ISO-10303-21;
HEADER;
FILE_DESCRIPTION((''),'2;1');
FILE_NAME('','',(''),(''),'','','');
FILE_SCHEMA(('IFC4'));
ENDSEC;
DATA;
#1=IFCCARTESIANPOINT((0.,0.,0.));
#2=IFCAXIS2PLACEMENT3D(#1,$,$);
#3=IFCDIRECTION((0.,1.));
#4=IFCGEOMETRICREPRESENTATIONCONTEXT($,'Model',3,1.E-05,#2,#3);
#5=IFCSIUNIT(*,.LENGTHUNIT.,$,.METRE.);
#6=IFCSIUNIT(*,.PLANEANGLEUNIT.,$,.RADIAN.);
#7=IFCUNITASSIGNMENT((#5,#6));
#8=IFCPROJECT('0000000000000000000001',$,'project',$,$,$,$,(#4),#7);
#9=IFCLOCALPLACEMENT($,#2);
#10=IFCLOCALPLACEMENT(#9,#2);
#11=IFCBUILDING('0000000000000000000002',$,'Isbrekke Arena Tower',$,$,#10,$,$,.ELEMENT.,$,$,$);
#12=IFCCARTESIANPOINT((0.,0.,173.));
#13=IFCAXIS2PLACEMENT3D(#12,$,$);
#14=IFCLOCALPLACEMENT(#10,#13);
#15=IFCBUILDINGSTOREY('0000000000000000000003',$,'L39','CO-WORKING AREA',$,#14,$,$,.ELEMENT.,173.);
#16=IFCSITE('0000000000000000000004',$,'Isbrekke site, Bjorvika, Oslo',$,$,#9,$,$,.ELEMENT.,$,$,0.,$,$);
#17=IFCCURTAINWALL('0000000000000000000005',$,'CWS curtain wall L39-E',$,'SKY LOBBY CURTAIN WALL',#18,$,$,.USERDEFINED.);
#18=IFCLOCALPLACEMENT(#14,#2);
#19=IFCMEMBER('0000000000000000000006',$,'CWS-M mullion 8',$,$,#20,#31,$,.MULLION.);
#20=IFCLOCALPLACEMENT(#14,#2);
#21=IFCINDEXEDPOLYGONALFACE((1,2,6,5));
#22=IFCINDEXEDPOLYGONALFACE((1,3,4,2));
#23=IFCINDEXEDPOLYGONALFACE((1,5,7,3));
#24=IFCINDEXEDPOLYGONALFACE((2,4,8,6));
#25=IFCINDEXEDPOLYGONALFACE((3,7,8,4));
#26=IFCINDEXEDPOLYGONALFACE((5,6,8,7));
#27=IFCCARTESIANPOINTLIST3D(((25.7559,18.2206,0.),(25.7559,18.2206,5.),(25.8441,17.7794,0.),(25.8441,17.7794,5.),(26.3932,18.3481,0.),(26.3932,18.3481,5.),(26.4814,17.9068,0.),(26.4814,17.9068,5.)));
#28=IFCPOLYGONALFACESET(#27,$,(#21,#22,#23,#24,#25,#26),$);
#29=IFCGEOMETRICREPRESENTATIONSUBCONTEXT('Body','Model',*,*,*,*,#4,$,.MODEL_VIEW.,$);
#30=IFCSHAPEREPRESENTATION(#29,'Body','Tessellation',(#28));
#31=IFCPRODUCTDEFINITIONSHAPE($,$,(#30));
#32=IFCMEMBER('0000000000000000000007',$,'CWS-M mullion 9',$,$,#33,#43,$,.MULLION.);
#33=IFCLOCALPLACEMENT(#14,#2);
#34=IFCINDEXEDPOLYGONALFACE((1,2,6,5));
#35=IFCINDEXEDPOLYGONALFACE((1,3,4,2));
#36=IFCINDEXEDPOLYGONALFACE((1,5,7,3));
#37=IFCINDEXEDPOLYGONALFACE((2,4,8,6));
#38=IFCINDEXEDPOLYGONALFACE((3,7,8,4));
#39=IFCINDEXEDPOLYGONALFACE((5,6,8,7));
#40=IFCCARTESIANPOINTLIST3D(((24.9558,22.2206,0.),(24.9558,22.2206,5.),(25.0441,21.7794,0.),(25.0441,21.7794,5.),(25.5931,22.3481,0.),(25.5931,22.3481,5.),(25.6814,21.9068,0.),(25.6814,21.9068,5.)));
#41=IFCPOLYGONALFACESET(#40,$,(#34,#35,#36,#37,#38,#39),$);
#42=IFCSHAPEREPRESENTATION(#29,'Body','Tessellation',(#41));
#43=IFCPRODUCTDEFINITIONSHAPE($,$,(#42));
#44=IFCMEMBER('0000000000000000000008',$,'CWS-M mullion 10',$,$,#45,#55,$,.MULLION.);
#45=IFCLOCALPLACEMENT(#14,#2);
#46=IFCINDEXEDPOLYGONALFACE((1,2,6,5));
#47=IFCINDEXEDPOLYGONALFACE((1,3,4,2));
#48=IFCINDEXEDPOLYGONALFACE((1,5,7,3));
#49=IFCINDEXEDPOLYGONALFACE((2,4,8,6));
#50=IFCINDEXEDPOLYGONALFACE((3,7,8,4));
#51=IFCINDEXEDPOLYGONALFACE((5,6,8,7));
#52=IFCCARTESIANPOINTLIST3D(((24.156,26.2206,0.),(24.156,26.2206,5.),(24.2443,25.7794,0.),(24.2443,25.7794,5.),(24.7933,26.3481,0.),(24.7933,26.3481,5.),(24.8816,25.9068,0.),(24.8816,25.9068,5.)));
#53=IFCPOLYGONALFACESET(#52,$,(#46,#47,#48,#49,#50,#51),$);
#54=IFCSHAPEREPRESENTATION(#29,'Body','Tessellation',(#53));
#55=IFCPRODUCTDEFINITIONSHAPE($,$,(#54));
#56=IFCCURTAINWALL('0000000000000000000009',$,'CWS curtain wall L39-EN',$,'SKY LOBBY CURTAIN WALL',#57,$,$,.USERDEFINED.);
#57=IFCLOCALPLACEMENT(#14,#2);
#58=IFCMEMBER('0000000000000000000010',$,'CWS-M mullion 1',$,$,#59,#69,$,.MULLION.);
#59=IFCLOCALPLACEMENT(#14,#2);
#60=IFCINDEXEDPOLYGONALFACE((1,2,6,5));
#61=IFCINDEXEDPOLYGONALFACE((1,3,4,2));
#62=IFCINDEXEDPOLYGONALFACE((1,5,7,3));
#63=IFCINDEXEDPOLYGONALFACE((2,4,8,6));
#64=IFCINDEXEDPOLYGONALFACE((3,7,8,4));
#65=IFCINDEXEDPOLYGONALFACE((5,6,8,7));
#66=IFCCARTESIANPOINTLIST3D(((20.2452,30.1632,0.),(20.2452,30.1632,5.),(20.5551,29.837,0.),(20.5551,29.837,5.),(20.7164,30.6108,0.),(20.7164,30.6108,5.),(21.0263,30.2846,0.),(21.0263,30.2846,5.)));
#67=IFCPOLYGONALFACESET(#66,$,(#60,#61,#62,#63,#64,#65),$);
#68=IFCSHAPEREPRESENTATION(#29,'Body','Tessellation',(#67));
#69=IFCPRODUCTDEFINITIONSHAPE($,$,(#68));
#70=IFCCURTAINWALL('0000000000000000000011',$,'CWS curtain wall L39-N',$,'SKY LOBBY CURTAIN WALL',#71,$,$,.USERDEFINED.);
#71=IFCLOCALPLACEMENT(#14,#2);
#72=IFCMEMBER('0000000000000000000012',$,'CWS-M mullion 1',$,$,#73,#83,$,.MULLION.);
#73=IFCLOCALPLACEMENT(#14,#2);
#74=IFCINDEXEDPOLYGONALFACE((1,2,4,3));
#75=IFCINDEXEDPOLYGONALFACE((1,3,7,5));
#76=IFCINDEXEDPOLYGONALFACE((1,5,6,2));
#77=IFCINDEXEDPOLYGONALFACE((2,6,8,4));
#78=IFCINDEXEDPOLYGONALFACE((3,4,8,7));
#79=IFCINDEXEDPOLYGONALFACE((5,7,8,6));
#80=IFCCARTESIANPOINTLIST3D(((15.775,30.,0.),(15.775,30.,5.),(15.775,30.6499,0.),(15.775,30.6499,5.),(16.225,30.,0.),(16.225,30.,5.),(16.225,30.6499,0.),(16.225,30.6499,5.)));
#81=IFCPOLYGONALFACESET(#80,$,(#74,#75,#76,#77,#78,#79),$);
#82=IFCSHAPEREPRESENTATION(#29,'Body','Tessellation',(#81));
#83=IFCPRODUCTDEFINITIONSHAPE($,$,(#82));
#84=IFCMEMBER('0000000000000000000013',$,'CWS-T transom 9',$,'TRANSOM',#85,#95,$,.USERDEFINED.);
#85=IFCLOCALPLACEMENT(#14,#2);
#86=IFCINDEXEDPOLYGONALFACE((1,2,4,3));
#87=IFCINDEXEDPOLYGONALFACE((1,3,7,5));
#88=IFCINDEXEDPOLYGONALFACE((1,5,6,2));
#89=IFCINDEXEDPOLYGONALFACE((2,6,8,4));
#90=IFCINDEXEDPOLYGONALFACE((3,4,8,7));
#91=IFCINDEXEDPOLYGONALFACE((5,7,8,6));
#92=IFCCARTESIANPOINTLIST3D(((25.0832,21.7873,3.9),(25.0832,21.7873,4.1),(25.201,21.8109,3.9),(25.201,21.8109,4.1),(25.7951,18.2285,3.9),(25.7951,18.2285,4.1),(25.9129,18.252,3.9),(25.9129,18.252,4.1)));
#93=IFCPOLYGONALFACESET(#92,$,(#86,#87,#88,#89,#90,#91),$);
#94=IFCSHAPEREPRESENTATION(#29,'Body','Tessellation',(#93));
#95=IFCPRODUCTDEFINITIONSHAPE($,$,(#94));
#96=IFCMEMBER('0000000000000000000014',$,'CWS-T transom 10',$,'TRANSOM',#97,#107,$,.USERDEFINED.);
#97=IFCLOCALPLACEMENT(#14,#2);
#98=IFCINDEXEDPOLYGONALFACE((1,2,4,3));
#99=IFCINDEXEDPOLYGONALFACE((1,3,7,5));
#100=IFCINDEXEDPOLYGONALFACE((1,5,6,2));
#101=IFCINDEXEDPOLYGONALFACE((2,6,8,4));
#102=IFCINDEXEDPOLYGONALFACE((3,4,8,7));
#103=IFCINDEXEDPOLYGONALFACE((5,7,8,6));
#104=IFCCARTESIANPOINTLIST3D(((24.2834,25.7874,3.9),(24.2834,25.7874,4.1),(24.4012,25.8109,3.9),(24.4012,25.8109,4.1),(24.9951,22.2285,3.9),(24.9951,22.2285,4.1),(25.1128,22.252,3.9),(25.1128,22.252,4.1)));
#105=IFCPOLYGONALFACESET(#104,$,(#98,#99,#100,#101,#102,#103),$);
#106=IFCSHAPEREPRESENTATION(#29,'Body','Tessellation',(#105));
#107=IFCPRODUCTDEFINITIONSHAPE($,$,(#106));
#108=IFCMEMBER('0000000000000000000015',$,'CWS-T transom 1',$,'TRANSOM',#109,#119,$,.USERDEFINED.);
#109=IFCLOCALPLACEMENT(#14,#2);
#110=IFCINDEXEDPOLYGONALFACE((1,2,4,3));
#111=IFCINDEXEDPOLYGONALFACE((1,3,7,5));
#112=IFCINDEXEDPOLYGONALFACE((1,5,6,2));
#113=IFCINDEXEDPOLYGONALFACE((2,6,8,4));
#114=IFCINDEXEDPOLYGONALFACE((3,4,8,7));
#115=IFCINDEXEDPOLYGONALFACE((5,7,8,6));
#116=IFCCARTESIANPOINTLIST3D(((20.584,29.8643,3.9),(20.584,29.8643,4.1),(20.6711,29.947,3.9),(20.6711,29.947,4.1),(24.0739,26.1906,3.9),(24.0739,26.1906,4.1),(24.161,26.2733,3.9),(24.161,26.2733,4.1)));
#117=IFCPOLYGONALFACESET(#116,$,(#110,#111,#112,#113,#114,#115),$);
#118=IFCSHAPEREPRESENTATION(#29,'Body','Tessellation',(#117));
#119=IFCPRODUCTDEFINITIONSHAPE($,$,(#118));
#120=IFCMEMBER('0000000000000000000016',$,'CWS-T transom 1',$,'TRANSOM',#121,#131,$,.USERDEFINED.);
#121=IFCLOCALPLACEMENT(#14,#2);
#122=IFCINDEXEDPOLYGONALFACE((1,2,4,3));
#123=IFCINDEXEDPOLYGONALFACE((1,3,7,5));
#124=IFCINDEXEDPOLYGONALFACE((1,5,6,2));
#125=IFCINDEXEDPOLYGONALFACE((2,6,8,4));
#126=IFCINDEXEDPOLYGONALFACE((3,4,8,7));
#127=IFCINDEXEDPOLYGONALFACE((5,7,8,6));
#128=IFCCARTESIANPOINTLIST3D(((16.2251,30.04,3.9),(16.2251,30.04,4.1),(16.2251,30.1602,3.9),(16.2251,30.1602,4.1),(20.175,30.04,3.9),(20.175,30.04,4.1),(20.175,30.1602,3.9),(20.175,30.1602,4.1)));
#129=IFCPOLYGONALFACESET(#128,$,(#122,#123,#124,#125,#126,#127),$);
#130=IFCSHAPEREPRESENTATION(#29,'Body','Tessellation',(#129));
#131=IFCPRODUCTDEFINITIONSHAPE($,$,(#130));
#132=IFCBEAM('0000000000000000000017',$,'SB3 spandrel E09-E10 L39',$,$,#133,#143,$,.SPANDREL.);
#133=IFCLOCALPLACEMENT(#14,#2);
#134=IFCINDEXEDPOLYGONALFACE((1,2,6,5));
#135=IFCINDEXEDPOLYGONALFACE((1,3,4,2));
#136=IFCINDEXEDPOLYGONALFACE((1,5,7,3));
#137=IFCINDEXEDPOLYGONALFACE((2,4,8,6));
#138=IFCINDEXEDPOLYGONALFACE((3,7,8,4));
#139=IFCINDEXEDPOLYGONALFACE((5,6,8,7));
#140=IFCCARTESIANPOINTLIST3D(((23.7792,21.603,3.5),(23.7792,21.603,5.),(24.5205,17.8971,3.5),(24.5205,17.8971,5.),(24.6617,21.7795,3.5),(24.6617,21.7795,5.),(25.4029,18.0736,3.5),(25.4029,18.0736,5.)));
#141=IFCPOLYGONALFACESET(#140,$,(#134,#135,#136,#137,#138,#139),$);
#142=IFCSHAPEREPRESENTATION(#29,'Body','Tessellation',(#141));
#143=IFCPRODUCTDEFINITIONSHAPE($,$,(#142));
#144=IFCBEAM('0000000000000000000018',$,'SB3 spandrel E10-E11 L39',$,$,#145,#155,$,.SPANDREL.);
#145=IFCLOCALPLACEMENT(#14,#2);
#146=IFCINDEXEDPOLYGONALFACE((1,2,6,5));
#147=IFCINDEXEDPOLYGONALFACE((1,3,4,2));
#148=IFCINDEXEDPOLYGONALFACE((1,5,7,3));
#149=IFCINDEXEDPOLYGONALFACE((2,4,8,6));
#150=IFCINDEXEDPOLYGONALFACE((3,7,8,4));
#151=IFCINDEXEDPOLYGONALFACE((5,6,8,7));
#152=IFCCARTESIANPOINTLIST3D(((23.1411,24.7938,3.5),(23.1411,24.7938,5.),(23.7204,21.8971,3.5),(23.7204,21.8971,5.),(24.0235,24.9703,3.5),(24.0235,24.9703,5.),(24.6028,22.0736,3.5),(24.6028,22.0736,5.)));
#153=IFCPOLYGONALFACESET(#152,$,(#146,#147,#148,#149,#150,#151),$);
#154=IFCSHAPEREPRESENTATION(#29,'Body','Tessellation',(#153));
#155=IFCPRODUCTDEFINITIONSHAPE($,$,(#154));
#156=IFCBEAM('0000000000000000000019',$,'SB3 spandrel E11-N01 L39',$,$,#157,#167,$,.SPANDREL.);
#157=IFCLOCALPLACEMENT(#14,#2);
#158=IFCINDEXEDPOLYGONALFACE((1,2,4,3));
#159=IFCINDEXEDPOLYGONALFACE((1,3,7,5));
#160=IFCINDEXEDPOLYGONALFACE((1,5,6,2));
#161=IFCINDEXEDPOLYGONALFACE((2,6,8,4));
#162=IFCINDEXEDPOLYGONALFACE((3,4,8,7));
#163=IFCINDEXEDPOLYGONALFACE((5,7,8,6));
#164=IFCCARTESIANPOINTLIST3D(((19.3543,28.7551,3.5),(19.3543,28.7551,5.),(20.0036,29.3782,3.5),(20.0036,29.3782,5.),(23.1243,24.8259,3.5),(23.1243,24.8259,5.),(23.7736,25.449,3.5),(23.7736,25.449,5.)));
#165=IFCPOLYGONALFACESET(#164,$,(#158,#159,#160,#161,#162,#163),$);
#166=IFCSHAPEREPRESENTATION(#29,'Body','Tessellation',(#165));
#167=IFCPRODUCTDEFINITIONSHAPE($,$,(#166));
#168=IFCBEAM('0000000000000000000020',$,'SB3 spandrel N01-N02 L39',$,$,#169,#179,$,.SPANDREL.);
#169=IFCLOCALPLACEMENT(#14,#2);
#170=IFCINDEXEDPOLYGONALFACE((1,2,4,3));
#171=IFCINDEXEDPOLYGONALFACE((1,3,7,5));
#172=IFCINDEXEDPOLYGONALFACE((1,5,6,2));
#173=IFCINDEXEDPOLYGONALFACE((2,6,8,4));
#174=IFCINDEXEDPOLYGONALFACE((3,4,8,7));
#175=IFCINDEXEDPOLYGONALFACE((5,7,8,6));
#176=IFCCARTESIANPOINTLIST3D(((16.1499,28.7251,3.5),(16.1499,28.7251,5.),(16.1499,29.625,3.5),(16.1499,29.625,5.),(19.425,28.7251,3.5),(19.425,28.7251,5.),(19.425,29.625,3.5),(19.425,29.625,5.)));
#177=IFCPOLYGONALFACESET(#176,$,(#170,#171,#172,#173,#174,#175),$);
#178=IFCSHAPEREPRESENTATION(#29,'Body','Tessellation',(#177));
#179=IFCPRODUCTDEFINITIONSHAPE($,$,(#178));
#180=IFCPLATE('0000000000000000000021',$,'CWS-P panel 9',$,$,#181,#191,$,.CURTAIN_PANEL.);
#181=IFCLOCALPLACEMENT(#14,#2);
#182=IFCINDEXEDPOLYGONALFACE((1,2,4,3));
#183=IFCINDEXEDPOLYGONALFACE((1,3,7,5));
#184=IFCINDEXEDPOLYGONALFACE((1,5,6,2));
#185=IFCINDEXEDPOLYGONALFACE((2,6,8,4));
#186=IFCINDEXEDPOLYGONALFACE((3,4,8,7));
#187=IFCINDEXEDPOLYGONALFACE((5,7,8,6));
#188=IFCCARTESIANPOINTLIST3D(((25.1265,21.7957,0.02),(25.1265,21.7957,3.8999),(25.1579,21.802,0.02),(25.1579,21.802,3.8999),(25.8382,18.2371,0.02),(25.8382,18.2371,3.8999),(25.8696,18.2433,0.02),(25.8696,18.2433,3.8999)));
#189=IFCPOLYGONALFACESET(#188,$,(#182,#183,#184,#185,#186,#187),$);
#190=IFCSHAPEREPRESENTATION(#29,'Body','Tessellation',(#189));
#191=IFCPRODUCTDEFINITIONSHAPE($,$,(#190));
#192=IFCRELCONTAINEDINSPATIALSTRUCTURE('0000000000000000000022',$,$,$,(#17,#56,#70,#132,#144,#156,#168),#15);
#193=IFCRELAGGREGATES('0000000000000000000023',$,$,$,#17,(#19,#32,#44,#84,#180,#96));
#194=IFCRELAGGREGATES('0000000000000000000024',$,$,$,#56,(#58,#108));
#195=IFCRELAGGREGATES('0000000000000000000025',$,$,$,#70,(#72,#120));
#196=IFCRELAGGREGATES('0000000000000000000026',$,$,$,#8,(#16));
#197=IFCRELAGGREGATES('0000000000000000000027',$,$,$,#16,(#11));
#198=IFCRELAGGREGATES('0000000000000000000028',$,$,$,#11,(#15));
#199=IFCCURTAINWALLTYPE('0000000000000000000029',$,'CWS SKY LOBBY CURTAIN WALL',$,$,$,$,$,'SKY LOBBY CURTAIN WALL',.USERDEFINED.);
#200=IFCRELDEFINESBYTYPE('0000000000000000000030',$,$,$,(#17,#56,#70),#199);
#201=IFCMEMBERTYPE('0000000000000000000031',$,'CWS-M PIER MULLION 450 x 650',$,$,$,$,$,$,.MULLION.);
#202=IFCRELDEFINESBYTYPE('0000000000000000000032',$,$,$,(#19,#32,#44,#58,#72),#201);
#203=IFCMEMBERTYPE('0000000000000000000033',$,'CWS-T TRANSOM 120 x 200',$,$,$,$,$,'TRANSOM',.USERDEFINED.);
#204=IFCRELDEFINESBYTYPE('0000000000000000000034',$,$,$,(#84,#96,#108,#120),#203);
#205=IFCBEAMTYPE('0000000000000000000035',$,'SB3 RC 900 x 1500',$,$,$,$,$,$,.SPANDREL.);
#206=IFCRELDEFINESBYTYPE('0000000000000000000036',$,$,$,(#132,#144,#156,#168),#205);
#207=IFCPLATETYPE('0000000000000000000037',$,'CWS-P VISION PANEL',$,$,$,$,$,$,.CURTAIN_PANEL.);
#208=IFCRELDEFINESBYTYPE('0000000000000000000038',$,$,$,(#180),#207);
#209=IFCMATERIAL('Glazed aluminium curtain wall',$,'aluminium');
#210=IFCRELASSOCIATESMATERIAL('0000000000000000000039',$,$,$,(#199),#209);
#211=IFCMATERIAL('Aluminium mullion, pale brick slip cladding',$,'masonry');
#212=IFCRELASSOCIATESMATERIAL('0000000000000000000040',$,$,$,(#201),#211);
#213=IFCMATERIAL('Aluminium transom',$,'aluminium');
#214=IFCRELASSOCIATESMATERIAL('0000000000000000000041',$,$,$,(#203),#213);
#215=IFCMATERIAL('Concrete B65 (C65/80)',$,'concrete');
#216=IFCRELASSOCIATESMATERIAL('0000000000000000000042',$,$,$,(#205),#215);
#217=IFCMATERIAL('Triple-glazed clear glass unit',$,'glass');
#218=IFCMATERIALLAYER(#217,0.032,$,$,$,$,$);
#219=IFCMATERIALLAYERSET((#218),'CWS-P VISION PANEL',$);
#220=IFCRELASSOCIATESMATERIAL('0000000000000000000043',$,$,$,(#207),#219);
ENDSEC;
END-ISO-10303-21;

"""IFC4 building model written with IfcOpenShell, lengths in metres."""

from ifc_helpers import new_model, si_unit, direction, frame, origin, origin_2d, place, context, subcontext, project, spatial, rectangle, extrude, material, layer, layer_set, material_profile, profile_set, type_object, element, aggregate, save


model = new_model("IFC4")

# Units and contexts
model_context = context("Model", 3, precision=1e-05, world=origin(), true_north=direction((0.0, 1.0)))
body_context = subcontext(model_context, "Body", "Model", "MODEL_VIEW")
ifc_project = project(units=[si_unit("LENGTHUNIT", "METRE"), si_unit("PLANEANGLEUNIT", "RADIAN")], contexts=[model_context])

# Site, building, storey
site_placement = place(None, origin())
site = spatial("IfcSite", under=ifc_project, at=site_placement, Name="Isbrekke site, Bjorvika, Oslo", CompositionType="ELEMENT", RefElevation=0.0)
building_placement = place(site_placement, origin())
building = spatial("IfcBuilding", under=site, at=building_placement, Name="Isbrekke Arena Tower", CompositionType="ELEMENT")
storey_placement = place(building_placement, frame((0.0, 0.0, 173.0)))
storey = spatial("IfcBuildingStorey", under=building, at=storey_placement, Name="L39", Description="CO-WORKING AREA", CompositionType="ELEMENT", Elevation=173.0)

# Curtain wall, members
ifc_material_1 = material(Name="Glazed aluminium curtain wall", Category="aluminium")
curtain_wall_type = type_object("IfcCurtainWallType", Name="CWS SKY LOBBY CURTAIN WALL", ElementType="SKY LOBBY CURTAIN WALL", PredefinedType="USERDEFINED", material=ifc_material_1)
curtain_wall_1_placement = place(storey_placement, origin())
curtain_wall_1 = element("IfcCurtainWall", 1, at=curtain_wall_1_placement, inside=storey, type_object=curtain_wall_type, Name="CWS curtain wall L39-E", ObjectType="SKY LOBBY CURTAIN WALL", PredefinedType="USERDEFINED")
ifc_material_2 = material(Name="Aluminium mullion, pale brick slip cladding", Category="masonry")
ifc_material_profile_1 = material_profile(ifc_material_2, rectangle(XDim=0.45, YDim=0.6499, at=origin_2d()), Name="PIER 450X650")
ifc_profile_set_1 = profile_set([ifc_material_profile_1], Name="Aluminium mullion, pale brick slip cladding")
member_type_1 = type_object("IfcMemberType", Name="CWS-M PIER MULLION 450 x 650", PredefinedType="MULLION", material=ifc_profile_set_1)
member_1_placement = place(storey_placement, frame((26.1187, 18.0637, 0.0), z_axis=(0.0, 0.0, 1.0), x_axis=(-0.196116, 0.980581, 0.0)))
member_1 = element("IfcMember", 2, at=member_1_placement, type_object=member_type_1, Name="CWS-M mullion 8", PredefinedType="MULLION", context=body_context, shape_type="SweptSolid", body=[
    extrude(rectangle(XDim=0.45, YDim=0.6499, at=origin_2d()), origin(), (0.0, 0.0, 1.0), 5.0),
])
member_2_placement = place(storey_placement, frame((25.3186, 22.0637, 0.0), z_axis=(0.0, 0.0, 1.0), x_axis=(-0.196116, 0.980581, 0.0)))
member_2 = element("IfcMember", 3, at=member_2_placement, type_object=member_type_1, Name="CWS-M mullion 9", PredefinedType="MULLION", context=body_context, shape_type="SweptSolid", body=[
    extrude(rectangle(XDim=0.45, YDim=0.6499, at=origin_2d()), origin(), (0.0, 0.0, 1.0), 5.0),
])
member_3_placement = place(storey_placement, frame((24.5188, 26.0637, 0.0), z_axis=(0.0, 0.0, 1.0), x_axis=(-0.196116, 0.980581, 0.0)))
member_3 = element("IfcMember", 4, at=member_3_placement, type_object=member_type_1, Name="CWS-M mullion 10", PredefinedType="MULLION", context=body_context, shape_type="SweptSolid", body=[
    extrude(rectangle(XDim=0.45, YDim=0.6499, at=origin_2d()), origin(), (0.0, 0.0, 1.0), 5.0),
])

# Curtain walls, members
curtain_wall_2_placement = place(storey_placement, origin())
curtain_wall_2 = element("IfcCurtainWall", 5, at=curtain_wall_2_placement, inside=storey, type_object=curtain_wall_type, Name="CWS curtain wall L39-EN", ObjectType="SKY LOBBY CURTAIN WALL", PredefinedType="USERDEFINED")
member_4_placement = place(storey_placement, frame((20.6357, 30.2239, 0.0), z_axis=(0.0, 0.0, 1.0), x_axis=(-0.688749, 0.724999, 0.0)))
member_4 = element("IfcMember", 6, at=member_4_placement, type_object=member_type_1, Name="CWS-M mullion 1", PredefinedType="MULLION", context=body_context, shape_type="SweptSolid", body=[
    extrude(rectangle(XDim=0.45, YDim=0.6499, at=origin_2d()), origin(), (0.0, 0.0, 1.0), 5.0),
])
curtain_wall_3_placement = place(storey_placement, origin())
curtain_wall_3 = element("IfcCurtainWall", 7, at=curtain_wall_3_placement, inside=storey, type_object=curtain_wall_type, Name="CWS curtain wall L39-N", ObjectType="SKY LOBBY CURTAIN WALL", PredefinedType="USERDEFINED")
member_5_placement = place(storey_placement, frame((16.0, 30.325, 0.0), z_axis=(0.0, 0.0, 1.0), x_axis=(-1.0, 0.0, 0.0)))
member_5 = element("IfcMember", 8, at=member_5_placement, type_object=member_type_1, Name="CWS-M mullion 1", PredefinedType="MULLION", context=body_context, shape_type="SweptSolid", body=[
    extrude(rectangle(XDim=0.45, YDim=0.6499, at=origin_2d()), origin(), (0.0, 0.0, 1.0), 5.0),
])

# Members
ifc_material_3 = material(Name="Aluminium transom", Category="aluminium")
ifc_material_profile_2 = material_profile(ifc_material_3, rectangle(XDim=0.1201, YDim=0.2, at=origin_2d()), Name="TRANSOM 120X200")
ifc_profile_set_2 = profile_set([ifc_material_profile_2], Name="Aluminium transom")
member_type_2 = type_object("IfcMemberType", Name="CWS-T TRANSOM 120 x 200", ElementType="TRANSOM", PredefinedType="USERDEFINED", material=ifc_profile_set_2)
member_6_placement = place(storey_placement, frame((25.854, 18.2402, 4.0), z_axis=(-0.196155, 0.980573, 0.0), x_axis=(-0.980573, -0.196155, 0.0)))
member_6 = element("IfcMember", 9, at=member_6_placement, type_object=member_type_2, Name="CWS-T transom 9", ObjectType="TRANSOM", PredefinedType="USERDEFINED", context=body_context, shape_type="SweptSolid", body=[
    extrude(rectangle(XDim=0.1201, YDim=0.2, at=origin_2d()), origin(), (0.0, 0.0, 1.0), 3.6294),
])
member_7_placement = place(storey_placement, frame((25.054, 22.2402, 4.0), z_axis=(-0.19609, 0.980586, 0.0), x_axis=(-0.980586, -0.19609, 0.0)))
member_7 = element("IfcMember", 10, at=member_7_placement, type_object=member_type_2, Name="CWS-T transom 10", ObjectType="TRANSOM", PredefinedType="USERDEFINED", context=body_context, shape_type="SweptSolid", body=[
    extrude(rectangle(XDim=0.1201, YDim=0.2, at=origin_2d()), origin(), (0.0, 0.0, 1.0), 3.6294),
])
member_8_placement = place(storey_placement, frame((24.1174, 26.2319, 4.0), z_axis=(-0.688734, 0.725014, 0.0), x_axis=(-0.725014, -0.688734, 0.0)))
member_8 = element("IfcMember", 11, at=member_8_placement, type_object=member_type_2, Name="CWS-T transom 1", ObjectType="TRANSOM", PredefinedType="USERDEFINED", context=body_context, shape_type="SweptSolid", body=[
    extrude(rectangle(XDim=0.1201, YDim=0.2, at=origin_2d()), origin(), (0.0, 0.0, 1.0), 5.0671),
])
member_9_placement = place(storey_placement, frame((20.175, 30.1001, 4.0), z_axis=(-1.0, 0.0, 0.0), x_axis=(0.0, -1.0, 0.0)))
member_9 = element("IfcMember", 12, at=member_9_placement, type_object=member_type_2, Name="CWS-T transom 1", ObjectType="TRANSOM", PredefinedType="USERDEFINED", context=body_context, shape_type="SweptSolid", body=[
    extrude(rectangle(XDim=0.1201, YDim=0.2, at=origin_2d()), origin(), (0.0, 0.0, 1.0), 3.95),
])

# Beams
ifc_material_4 = material(Name="Concrete B65 (C65/80)", Category="concrete")
ifc_material_profile_3 = material_profile(ifc_material_4, rectangle(XDim=0.8999, YDim=1.5, at=origin_2d()), Name="RC 900x1500")
ifc_profile_set_3 = profile_set([ifc_material_profile_3], Name="Concrete B65 (C65/80)")
beam_type_1 = type_object("IfcBeamType", Name="SB3 RC 900 x 1500", PredefinedType="SPANDREL", material=ifc_profile_set_3)
beam_1_placement = place(storey_placement, frame((24.9617, 17.9854, 4.25), z_axis=(-0.196129, 0.980578, 0.0), x_axis=(-0.980578, -0.196129, 0.0)))
element("IfcBeam", 13, at=beam_1_placement, inside=storey, type_object=beam_type_1, Name="SB3 spandrel E09-E10 L39", PredefinedType="SPANDREL", context=body_context, shape_type="SweptSolid", body=[
    extrude(rectangle(XDim=0.8999, YDim=1.5, at=origin_2d()), origin(), (0.0, 0.0, 1.0), 3.7793),
])
beam_2_placement = place(storey_placement, frame((24.1616, 21.9854, 4.25), z_axis=(-0.196116, 0.980581, 0.0), x_axis=(-0.980581, -0.196116, 0.0)))
element("IfcBeam", 14, at=beam_2_placement, inside=storey, type_object=beam_type_1, Name="SB3 spandrel E10-E11 L39", PredefinedType="SPANDREL", context=body_context, shape_type="SweptSolid", body=[
    extrude(rectangle(XDim=0.8999, YDim=1.5, at=origin_2d()), origin(), (0.0, 0.0, 1.0), 2.9541),
])
beam_3_placement = place(storey_placement, frame((23.449, 25.1375, 4.25), z_axis=(-0.69234, 0.721572, 0.0), x_axis=(-0.721572, -0.69234, 0.0)))
element("IfcBeam", 15, at=beam_3_placement, inside=storey, type_object=beam_type_1, Name="SB3 spandrel E11-N01 L39", PredefinedType="SPANDREL", context=body_context, shape_type="SweptSolid", body=[
    extrude(rectangle(XDim=0.8999, YDim=1.5, at=origin_2d()), origin(), (0.0, 0.0, 1.0), 5.4453),
])
beam_4_placement = place(storey_placement, frame((19.425, 29.175, 4.25), z_axis=(-1.0, 0.0, 0.0), x_axis=(0.0, -1.0, 0.0)))
element("IfcBeam", 16, at=beam_4_placement, inside=storey, type_object=beam_type_1, Name="SB3 spandrel N01-N02 L39", PredefinedType="SPANDREL", context=body_context, shape_type="SweptSolid", body=[
    extrude(rectangle(XDim=0.8999, YDim=1.5, at=origin_2d()), origin(), (0.0, 0.0, 1.0), 3.2751),
])

# Plate
ifc_material_5 = material(Name="Triple-glazed clear glass unit", Category="glass")
ifc_layer_1 = layer(ifc_material_5, 0.032)
ifc_layer_set_1 = layer_set([ifc_layer_1], Name="CWS-P VISION PANEL")
plate_type = type_object("IfcPlateType", Name="CWS-P VISION PANEL", PredefinedType="CURTAIN_PANEL", material=ifc_layer_set_1)
plate_1_placement = place(storey_placement, frame((25.498, 20.0195, 0.02), z_axis=(0.0, 0.0, 1.0), x_axis=(-0.196116, 0.980581, 0.0)))
plate_1 = element("IfcPlate", 17, at=plate_1_placement, type_object=plate_type, Name="CWS-P panel 9", PredefinedType="CURTAIN_PANEL", context=body_context, shape_type="SweptSolid", body=[
    extrude(rectangle(XDim=3.6292, YDim=0.032, at=origin_2d()), origin(), (0.0, 0.0, 1.0), 3.8799),
])
aggregate(curtain_wall_1, [member_1, member_2, member_3, member_6, plate_1, member_7])
aggregate(curtain_wall_2, [member_4, member_8])
aggregate(curtain_wall_3, [member_5, member_9])

save(model, "model.ifc")
